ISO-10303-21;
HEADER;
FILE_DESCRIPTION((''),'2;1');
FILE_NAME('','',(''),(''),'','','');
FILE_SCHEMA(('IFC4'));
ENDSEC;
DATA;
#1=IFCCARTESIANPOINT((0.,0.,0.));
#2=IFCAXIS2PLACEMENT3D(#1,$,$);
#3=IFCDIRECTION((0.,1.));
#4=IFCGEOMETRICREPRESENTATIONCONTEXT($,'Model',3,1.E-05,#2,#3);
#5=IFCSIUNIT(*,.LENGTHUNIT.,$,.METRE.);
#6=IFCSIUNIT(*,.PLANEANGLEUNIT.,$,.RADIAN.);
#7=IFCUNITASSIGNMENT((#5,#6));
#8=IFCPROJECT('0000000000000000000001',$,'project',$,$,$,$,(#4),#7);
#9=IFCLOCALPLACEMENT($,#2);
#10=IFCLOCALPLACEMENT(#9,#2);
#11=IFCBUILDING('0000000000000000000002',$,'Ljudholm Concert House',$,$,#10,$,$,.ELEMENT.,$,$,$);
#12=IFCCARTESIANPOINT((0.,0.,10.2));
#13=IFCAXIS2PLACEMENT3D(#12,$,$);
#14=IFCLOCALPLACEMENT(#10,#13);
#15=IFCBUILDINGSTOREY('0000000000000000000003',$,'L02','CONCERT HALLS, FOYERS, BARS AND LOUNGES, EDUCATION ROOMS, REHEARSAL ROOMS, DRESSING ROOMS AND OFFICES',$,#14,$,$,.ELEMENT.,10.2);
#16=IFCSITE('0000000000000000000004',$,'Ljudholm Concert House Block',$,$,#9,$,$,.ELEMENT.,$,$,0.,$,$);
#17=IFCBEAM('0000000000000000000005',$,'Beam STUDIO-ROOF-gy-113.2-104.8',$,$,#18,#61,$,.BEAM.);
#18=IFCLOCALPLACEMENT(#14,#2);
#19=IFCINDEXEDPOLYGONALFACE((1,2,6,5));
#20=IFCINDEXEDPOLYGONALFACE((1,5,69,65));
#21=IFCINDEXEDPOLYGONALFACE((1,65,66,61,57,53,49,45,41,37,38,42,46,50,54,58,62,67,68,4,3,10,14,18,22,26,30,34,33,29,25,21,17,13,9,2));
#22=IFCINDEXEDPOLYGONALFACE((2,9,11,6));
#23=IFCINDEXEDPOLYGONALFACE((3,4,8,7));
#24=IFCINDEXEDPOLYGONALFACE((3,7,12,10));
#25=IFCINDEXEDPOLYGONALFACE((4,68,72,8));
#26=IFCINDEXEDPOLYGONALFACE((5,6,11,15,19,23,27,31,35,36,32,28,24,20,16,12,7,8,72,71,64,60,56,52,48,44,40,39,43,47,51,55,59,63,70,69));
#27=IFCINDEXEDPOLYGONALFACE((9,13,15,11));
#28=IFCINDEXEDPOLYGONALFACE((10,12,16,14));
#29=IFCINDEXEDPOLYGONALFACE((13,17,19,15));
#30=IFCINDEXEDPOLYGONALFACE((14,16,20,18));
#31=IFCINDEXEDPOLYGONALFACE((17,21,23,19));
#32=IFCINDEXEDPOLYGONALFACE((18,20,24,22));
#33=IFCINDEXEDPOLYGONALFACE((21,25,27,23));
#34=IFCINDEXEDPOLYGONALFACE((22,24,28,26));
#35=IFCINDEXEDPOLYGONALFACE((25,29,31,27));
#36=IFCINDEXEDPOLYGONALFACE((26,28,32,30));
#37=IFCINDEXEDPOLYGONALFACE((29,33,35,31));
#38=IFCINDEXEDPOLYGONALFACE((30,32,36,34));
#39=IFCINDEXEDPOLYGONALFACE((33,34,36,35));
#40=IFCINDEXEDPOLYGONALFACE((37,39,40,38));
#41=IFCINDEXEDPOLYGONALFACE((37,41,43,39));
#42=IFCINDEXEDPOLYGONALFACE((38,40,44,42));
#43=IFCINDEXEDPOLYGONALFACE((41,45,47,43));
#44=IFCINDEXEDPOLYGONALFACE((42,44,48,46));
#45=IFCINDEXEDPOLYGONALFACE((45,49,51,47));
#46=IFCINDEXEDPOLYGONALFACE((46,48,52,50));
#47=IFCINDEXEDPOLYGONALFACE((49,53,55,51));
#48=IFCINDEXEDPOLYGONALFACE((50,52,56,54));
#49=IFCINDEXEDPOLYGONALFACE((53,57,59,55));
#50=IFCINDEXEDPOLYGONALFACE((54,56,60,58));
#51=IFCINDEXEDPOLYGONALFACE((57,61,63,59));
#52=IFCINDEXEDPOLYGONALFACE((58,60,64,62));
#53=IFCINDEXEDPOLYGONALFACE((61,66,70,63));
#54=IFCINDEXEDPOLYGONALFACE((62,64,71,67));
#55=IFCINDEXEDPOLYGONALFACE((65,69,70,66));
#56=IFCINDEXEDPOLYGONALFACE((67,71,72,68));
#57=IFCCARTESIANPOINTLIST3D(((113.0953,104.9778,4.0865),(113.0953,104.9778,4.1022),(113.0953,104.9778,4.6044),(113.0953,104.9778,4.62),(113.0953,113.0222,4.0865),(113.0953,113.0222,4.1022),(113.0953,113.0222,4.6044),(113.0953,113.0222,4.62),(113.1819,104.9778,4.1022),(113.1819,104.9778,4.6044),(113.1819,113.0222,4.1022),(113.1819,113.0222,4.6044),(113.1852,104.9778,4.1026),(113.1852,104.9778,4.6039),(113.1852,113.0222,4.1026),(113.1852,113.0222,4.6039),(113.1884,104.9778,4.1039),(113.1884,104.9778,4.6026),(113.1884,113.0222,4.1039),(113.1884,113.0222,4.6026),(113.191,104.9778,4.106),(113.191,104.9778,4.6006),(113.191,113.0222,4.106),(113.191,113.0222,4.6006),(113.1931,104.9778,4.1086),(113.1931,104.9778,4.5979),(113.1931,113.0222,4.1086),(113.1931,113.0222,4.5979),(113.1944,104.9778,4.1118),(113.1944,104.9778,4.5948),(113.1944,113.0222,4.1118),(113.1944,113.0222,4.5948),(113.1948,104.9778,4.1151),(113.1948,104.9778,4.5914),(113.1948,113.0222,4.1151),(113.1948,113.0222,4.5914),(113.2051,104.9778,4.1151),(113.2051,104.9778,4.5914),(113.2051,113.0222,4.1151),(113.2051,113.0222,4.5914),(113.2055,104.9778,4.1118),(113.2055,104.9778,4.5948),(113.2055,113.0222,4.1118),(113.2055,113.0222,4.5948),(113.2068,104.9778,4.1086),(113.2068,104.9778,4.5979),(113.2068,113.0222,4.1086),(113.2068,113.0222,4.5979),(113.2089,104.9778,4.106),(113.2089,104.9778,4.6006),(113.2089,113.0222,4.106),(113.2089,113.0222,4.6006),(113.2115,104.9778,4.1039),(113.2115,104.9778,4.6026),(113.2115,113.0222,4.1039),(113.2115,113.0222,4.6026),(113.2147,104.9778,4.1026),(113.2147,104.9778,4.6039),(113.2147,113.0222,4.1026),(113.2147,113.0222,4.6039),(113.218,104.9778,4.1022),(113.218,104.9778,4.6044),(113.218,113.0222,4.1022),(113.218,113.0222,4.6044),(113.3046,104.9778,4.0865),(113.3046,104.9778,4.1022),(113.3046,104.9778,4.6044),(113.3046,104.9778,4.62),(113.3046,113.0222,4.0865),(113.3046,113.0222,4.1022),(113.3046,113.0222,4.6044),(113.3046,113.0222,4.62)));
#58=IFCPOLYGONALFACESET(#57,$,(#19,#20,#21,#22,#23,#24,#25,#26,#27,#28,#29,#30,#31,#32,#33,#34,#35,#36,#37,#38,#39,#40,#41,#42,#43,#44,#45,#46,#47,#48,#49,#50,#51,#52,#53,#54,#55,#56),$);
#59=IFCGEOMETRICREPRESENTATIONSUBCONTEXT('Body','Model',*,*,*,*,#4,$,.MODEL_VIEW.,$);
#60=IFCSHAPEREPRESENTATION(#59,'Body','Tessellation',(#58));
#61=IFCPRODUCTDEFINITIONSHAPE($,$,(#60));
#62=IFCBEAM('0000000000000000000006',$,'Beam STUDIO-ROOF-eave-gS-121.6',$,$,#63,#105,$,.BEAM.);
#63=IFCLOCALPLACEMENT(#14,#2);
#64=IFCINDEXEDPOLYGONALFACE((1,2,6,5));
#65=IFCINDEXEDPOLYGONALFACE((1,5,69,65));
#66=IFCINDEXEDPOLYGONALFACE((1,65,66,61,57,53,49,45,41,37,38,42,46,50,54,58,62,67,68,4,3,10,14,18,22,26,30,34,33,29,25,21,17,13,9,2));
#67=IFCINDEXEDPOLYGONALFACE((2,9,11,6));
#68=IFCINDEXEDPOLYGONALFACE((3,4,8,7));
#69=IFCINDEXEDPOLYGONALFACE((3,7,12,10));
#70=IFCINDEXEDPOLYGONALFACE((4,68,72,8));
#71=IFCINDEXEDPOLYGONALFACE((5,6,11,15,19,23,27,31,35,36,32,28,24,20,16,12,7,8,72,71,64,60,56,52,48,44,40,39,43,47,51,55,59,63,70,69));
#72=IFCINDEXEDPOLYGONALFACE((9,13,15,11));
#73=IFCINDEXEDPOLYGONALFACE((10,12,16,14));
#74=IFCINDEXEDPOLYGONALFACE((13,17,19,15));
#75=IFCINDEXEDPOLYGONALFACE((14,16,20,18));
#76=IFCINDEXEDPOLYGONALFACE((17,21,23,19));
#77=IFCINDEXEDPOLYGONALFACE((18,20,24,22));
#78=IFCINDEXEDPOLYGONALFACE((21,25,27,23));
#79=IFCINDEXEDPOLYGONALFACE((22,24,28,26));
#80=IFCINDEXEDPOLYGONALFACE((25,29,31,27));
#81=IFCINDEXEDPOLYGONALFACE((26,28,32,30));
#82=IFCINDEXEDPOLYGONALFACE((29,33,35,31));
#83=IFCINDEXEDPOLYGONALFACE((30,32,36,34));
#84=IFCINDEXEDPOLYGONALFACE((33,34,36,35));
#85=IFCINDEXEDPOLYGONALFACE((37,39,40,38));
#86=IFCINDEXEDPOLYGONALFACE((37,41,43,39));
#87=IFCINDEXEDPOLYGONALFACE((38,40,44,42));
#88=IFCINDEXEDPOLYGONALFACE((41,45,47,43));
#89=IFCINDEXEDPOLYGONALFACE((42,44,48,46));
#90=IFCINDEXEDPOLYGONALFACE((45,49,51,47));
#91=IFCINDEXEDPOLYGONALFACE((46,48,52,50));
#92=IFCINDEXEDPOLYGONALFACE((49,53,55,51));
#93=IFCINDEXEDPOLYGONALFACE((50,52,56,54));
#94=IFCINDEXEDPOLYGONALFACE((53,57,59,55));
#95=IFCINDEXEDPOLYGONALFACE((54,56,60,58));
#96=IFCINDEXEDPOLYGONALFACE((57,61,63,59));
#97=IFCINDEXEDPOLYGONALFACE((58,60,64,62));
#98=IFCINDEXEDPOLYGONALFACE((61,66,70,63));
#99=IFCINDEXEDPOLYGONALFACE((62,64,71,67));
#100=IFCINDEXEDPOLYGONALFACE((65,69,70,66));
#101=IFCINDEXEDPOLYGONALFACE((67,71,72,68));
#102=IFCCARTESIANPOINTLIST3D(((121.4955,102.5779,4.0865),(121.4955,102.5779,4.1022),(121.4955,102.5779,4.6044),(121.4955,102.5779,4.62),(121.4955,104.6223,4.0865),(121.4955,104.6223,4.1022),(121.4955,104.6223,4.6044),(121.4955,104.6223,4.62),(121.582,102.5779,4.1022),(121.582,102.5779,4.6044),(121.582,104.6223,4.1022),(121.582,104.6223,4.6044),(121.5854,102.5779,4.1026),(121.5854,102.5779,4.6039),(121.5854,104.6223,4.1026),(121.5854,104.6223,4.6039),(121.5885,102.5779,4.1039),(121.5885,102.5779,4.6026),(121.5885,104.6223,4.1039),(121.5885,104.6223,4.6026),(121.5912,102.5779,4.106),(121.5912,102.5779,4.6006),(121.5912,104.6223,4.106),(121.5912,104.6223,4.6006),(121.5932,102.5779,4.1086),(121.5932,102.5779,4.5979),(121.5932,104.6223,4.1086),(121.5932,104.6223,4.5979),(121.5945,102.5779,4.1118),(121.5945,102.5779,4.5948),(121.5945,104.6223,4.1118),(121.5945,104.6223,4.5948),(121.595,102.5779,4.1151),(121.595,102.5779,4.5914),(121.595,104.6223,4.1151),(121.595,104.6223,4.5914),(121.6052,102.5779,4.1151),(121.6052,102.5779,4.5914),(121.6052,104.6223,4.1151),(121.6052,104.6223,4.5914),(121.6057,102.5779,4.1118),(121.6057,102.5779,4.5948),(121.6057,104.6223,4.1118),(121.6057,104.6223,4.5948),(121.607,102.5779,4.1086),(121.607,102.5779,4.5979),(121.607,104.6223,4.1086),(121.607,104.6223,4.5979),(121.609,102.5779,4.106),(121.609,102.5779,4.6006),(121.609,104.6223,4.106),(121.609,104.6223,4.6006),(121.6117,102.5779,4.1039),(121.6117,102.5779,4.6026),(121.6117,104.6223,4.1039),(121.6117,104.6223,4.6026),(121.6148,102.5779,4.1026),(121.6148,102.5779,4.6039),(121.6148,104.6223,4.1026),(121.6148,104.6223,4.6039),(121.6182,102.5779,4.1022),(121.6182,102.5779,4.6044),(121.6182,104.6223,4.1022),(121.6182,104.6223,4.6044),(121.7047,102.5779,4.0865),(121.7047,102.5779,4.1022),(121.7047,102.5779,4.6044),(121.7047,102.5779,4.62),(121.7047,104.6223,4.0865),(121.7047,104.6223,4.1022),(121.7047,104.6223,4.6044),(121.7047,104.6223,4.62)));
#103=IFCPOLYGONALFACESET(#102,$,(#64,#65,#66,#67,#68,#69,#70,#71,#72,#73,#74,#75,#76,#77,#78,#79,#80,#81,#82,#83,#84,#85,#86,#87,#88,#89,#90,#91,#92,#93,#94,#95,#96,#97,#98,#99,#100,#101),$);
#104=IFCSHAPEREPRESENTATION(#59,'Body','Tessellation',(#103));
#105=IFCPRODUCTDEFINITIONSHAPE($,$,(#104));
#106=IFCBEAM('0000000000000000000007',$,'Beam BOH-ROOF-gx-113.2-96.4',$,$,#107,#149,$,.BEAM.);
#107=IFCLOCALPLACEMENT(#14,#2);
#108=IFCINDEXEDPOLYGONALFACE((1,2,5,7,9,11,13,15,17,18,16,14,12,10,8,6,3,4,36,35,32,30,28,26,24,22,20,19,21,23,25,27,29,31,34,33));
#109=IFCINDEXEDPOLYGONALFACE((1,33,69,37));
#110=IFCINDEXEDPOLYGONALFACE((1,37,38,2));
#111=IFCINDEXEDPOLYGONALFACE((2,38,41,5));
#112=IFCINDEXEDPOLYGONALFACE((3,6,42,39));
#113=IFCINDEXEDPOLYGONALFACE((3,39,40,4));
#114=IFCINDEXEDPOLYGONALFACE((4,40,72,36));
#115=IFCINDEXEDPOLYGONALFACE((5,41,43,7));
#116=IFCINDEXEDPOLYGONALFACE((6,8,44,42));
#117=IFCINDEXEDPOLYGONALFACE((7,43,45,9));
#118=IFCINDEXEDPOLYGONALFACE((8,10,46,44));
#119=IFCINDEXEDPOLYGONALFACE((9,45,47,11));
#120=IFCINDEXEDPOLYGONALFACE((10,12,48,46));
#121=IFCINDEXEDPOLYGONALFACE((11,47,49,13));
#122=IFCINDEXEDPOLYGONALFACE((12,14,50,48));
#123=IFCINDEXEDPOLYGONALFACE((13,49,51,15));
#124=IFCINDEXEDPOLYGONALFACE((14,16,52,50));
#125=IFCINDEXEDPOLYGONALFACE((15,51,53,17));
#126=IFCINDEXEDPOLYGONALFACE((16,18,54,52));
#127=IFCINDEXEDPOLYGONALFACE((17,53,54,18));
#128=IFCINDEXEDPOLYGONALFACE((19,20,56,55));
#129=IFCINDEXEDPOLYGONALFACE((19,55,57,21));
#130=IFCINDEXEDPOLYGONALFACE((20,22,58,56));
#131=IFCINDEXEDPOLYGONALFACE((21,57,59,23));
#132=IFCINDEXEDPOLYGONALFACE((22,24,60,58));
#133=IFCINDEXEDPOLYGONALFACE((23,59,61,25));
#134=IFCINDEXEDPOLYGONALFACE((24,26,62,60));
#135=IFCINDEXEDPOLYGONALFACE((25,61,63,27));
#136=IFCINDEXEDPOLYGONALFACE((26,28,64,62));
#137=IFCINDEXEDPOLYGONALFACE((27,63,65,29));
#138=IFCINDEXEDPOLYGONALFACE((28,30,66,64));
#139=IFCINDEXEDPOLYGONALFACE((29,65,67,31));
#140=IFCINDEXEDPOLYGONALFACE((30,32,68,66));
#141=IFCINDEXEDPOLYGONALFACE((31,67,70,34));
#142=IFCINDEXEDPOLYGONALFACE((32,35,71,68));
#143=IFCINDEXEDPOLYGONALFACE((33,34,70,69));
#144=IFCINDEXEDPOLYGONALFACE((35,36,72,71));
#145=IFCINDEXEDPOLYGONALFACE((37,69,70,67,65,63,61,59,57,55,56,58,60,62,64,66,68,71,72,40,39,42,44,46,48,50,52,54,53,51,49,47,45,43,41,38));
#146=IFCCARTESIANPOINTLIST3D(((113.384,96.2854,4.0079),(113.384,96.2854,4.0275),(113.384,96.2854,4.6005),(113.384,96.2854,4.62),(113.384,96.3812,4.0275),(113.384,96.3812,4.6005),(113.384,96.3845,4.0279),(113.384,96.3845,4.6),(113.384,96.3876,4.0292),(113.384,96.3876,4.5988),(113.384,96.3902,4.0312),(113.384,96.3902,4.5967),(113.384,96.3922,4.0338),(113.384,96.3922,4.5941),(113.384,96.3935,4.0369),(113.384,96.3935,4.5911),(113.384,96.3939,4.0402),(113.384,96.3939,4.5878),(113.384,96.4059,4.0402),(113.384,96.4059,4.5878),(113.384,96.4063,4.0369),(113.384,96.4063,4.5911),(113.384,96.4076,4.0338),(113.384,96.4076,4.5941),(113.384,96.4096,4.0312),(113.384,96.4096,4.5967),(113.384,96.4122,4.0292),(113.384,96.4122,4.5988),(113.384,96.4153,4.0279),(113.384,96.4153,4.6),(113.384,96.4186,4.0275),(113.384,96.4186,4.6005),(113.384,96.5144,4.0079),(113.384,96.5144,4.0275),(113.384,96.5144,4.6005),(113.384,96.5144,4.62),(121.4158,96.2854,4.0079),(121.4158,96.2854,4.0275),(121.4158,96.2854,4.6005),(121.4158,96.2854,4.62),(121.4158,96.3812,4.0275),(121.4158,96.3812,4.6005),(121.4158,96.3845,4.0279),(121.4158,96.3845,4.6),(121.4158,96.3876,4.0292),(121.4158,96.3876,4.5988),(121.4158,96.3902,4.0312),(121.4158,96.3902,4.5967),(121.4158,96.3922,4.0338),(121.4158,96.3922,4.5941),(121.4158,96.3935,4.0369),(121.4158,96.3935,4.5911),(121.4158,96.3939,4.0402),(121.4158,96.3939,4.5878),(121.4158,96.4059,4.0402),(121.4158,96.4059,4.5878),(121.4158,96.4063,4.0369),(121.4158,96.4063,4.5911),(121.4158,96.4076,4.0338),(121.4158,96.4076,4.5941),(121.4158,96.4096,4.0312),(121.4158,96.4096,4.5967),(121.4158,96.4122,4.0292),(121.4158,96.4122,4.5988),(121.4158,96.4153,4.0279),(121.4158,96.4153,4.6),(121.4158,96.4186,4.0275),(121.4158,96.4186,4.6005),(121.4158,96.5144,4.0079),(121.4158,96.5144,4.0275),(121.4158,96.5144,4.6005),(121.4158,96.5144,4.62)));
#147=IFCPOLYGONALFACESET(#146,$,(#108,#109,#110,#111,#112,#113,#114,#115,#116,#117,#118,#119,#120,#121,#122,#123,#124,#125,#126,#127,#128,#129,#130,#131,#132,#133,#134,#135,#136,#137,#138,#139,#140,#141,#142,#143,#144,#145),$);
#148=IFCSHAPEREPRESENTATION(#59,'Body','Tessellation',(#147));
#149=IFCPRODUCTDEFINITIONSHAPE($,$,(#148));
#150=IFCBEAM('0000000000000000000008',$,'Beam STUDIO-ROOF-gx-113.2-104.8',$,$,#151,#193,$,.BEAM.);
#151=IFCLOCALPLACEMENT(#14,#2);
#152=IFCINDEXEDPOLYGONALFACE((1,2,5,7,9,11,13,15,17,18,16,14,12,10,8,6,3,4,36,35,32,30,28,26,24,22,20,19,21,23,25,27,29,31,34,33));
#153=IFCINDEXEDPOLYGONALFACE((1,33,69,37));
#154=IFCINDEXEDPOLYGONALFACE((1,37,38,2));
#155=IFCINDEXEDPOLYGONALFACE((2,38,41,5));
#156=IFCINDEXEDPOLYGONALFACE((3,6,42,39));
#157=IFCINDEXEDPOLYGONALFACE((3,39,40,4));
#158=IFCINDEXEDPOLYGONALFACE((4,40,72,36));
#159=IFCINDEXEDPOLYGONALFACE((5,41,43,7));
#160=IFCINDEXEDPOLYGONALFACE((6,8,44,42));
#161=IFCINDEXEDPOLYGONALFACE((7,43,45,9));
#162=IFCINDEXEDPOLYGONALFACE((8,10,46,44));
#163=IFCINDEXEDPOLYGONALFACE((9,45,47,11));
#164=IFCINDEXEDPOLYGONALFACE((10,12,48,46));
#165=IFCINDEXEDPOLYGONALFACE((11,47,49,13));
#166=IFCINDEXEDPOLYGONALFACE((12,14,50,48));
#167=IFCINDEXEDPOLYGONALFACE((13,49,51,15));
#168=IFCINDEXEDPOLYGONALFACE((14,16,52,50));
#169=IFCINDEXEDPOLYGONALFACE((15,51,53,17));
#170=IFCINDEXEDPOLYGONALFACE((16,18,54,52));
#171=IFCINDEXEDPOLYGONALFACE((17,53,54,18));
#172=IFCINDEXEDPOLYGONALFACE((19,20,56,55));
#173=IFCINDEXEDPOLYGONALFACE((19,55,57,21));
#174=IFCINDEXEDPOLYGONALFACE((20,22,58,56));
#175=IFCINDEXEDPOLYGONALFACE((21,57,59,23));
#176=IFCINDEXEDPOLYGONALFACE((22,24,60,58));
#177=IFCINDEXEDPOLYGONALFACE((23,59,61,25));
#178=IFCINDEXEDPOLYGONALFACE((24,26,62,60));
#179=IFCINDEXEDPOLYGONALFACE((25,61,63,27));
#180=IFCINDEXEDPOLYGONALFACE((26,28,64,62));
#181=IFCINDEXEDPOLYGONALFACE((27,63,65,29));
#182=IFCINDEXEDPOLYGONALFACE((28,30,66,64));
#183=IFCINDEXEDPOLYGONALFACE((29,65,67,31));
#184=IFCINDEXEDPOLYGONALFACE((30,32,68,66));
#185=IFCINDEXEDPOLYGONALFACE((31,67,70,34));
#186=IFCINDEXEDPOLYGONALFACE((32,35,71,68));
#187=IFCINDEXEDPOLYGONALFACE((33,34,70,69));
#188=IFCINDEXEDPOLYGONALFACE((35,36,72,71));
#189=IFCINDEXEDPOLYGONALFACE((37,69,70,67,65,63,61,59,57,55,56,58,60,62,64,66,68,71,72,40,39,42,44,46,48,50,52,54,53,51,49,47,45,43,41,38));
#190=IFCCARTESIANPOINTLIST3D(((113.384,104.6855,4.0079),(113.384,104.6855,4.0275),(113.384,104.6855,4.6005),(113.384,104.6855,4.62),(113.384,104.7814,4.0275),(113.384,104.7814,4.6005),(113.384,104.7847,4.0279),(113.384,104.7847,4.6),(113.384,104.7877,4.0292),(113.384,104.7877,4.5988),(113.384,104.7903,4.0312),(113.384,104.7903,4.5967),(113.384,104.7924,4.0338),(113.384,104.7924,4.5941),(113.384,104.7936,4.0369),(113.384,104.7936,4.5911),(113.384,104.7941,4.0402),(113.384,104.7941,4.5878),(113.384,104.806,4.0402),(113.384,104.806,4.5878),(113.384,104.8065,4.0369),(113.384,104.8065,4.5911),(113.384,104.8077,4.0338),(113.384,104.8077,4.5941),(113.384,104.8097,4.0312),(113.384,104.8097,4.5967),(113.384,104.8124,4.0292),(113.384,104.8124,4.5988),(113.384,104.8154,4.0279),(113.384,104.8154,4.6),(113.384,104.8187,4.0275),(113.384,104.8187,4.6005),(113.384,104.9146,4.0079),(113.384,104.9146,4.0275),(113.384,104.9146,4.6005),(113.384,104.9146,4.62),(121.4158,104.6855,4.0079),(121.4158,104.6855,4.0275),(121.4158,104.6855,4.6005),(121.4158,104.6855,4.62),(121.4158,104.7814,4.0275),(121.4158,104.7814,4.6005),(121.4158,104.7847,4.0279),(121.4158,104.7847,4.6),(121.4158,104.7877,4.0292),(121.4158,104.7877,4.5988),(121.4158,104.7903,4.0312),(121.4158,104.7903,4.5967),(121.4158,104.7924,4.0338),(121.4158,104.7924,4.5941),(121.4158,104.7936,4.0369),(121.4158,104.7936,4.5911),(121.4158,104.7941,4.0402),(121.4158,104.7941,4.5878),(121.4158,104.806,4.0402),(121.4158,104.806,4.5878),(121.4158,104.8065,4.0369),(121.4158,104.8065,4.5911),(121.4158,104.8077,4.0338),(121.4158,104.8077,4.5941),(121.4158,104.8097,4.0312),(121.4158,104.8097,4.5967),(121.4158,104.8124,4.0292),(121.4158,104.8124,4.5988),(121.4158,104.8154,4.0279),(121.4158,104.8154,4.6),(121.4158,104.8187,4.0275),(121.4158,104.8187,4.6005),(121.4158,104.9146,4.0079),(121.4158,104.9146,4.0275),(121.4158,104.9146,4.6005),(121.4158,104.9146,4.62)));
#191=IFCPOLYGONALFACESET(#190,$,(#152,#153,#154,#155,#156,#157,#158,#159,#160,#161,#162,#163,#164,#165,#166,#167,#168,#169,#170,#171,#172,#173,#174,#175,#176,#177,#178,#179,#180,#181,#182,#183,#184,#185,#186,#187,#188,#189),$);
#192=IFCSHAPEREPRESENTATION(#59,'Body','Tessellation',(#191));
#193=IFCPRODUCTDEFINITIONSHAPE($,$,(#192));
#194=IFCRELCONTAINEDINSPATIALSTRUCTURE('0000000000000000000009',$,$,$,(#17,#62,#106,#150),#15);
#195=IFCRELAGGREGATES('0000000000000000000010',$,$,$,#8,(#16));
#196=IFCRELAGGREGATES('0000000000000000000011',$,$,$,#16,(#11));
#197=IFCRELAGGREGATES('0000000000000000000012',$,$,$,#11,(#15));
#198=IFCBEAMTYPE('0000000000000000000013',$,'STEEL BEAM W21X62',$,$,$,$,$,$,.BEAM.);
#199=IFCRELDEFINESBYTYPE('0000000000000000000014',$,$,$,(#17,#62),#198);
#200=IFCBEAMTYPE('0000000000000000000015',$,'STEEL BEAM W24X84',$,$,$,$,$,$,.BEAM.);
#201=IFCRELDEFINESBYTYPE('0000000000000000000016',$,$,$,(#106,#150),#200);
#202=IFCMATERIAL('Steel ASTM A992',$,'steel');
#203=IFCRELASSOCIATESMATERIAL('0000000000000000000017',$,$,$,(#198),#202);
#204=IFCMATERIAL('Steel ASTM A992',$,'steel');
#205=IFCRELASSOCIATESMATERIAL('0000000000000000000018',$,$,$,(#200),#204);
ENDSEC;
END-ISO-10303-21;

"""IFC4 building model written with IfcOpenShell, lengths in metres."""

from ifc_helpers import new_model, si_unit, direction, frame, origin, origin_2d, place, context, subcontext, project, spatial, i_section, extrude, material, material_profile, profile_set, type_object, element, save


model = new_model("IFC4")

# Units and contexts
model_context = context("Model", 3, precision=1e-05, world=origin(), true_north=direction((0.0, 1.0)))
body_context = subcontext(model_context, "Body", "Model", "MODEL_VIEW")
ifc_project = project(units=[si_unit("LENGTHUNIT", "METRE"), si_unit("PLANEANGLEUNIT", "RADIAN")], contexts=[model_context])

# Site, building, storey
site_placement = place(None, origin())
site = spatial("IfcSite", under=ifc_project, at=site_placement, Name="Ljudholm Concert House Block", CompositionType="ELEMENT", RefElevation=0.0)
building_placement = place(site_placement, origin())
building = spatial("IfcBuilding", under=site, at=building_placement, Name="Ljudholm Concert House", CompositionType="ELEMENT")
storey_placement = place(building_placement, frame((0.0, 0.0, 10.2)))
storey = spatial("IfcBuildingStorey", under=building, at=storey_placement, Name="L02", Description="CONCERT HALLS, FOYERS, BARS AND LOUNGES, EDUCATION ROOMS, REHEARSAL ROOMS, DRESSING ROOMS AND OFFICES", CompositionType="ELEMENT", Elevation=10.2)

# Beams
ifc_material_1 = material(Name="Steel ASTM A992", Category="steel")
ifc_material_profile_1 = material_profile(ifc_material_1, i_section(OverallWidth=0.2092, OverallDepth=0.5334, WebThickness=0.0103, FlangeThickness=0.0156, FilletRadius=0.0129, at=origin_2d()), Name="W21X62")
ifc_profile_set_1 = profile_set([ifc_material_profile_1], Name="Steel ASTM A992")
beam_type_1 = type_object("IfcBeamType", Name="STEEL BEAM W21X62", PredefinedType="BEAM", material=ifc_profile_set_1)
beam_1_placement = place(storey_placement, frame((113.2, 104.9778, 4.3533), z_axis=(0.0, 1.0, 0.0), x_axis=(-1.0, 0.0, 0.0)))
element("IfcBeam", 1, at=beam_1_placement, inside=storey, type_object=beam_type_1, Name="Beam STUDIO-ROOF-gy-113.2-104.8", PredefinedType="BEAM", context=body_context, shape_type="SweptSolid", body=[
    extrude(i_section(OverallWidth=0.2092, OverallDepth=0.5334, WebThickness=0.0103, FlangeThickness=0.0156, FilletRadius=0.0129, at=origin_2d()), origin(), (0.0, 0.0, 1.0), 8.0444),
])
beam_2_placement = place(storey_placement, frame((121.6001, 104.6223, 4.3533), z_axis=(0.0, -1.0, 0.0), x_axis=(1.0, 0.0, 0.0)))
element("IfcBeam", 2, at=beam_2_placement, inside=storey, type_object=beam_type_1, Name="Beam STUDIO-ROOF-eave-gS-121.6", PredefinedType="BEAM", context=body_context, shape_type="SweptSolid", body=[
    extrude(i_section(OverallWidth=0.2092, OverallDepth=0.5334, WebThickness=0.0103, FlangeThickness=0.0156, FilletRadius=0.0129, at=origin_2d()), origin(), (0.0, 0.0, 1.0), 2.0444),
])
ifc_material_2 = material(Name="Steel ASTM A992", Category="steel")
ifc_material_profile_2 = material_profile(ifc_material_2, i_section(OverallWidth=0.229, OverallDepth=0.6121, WebThickness=0.012, FlangeThickness=0.0195, FilletRadius=0.0127, at=origin_2d()), Name="W24X84")
ifc_profile_set_2 = profile_set([ifc_material_profile_2], Name="Steel ASTM A992")
beam_type_2 = type_object("IfcBeamType", Name="STEEL BEAM W24X84", PredefinedType="BEAM", material=ifc_profile_set_2)
for number, where, z_axis, x_axis, name in (
    (3, (113.384, 96.3999, 4.314), (1.0, 0.0, 0.0), (0.0, 1.0, 0.0), "Beam BOH-ROOF-gx-113.2-96.4"),
    (4, (113.384, 104.8, 4.314), (1.0, 0.0, 0.0), (0.0, 1.0, 0.0), "Beam STUDIO-ROOF-gx-113.2-104.8"),
):
    element("IfcBeam", number, at=place(storey_placement, frame(where, z_axis=z_axis, x_axis=x_axis)), inside=storey, type_object=beam_type_2, Name=name, PredefinedType="BEAM", context=body_context, shape_type="SweptSolid", body=[
        extrude(i_section(OverallWidth=0.229, OverallDepth=0.6121, WebThickness=0.012, FlangeThickness=0.0195, FilletRadius=0.0127, at=origin_2d()), origin(), (0.0, 0.0, 1.0), 8.0317),
    ])

save(model, "model.ifc")
